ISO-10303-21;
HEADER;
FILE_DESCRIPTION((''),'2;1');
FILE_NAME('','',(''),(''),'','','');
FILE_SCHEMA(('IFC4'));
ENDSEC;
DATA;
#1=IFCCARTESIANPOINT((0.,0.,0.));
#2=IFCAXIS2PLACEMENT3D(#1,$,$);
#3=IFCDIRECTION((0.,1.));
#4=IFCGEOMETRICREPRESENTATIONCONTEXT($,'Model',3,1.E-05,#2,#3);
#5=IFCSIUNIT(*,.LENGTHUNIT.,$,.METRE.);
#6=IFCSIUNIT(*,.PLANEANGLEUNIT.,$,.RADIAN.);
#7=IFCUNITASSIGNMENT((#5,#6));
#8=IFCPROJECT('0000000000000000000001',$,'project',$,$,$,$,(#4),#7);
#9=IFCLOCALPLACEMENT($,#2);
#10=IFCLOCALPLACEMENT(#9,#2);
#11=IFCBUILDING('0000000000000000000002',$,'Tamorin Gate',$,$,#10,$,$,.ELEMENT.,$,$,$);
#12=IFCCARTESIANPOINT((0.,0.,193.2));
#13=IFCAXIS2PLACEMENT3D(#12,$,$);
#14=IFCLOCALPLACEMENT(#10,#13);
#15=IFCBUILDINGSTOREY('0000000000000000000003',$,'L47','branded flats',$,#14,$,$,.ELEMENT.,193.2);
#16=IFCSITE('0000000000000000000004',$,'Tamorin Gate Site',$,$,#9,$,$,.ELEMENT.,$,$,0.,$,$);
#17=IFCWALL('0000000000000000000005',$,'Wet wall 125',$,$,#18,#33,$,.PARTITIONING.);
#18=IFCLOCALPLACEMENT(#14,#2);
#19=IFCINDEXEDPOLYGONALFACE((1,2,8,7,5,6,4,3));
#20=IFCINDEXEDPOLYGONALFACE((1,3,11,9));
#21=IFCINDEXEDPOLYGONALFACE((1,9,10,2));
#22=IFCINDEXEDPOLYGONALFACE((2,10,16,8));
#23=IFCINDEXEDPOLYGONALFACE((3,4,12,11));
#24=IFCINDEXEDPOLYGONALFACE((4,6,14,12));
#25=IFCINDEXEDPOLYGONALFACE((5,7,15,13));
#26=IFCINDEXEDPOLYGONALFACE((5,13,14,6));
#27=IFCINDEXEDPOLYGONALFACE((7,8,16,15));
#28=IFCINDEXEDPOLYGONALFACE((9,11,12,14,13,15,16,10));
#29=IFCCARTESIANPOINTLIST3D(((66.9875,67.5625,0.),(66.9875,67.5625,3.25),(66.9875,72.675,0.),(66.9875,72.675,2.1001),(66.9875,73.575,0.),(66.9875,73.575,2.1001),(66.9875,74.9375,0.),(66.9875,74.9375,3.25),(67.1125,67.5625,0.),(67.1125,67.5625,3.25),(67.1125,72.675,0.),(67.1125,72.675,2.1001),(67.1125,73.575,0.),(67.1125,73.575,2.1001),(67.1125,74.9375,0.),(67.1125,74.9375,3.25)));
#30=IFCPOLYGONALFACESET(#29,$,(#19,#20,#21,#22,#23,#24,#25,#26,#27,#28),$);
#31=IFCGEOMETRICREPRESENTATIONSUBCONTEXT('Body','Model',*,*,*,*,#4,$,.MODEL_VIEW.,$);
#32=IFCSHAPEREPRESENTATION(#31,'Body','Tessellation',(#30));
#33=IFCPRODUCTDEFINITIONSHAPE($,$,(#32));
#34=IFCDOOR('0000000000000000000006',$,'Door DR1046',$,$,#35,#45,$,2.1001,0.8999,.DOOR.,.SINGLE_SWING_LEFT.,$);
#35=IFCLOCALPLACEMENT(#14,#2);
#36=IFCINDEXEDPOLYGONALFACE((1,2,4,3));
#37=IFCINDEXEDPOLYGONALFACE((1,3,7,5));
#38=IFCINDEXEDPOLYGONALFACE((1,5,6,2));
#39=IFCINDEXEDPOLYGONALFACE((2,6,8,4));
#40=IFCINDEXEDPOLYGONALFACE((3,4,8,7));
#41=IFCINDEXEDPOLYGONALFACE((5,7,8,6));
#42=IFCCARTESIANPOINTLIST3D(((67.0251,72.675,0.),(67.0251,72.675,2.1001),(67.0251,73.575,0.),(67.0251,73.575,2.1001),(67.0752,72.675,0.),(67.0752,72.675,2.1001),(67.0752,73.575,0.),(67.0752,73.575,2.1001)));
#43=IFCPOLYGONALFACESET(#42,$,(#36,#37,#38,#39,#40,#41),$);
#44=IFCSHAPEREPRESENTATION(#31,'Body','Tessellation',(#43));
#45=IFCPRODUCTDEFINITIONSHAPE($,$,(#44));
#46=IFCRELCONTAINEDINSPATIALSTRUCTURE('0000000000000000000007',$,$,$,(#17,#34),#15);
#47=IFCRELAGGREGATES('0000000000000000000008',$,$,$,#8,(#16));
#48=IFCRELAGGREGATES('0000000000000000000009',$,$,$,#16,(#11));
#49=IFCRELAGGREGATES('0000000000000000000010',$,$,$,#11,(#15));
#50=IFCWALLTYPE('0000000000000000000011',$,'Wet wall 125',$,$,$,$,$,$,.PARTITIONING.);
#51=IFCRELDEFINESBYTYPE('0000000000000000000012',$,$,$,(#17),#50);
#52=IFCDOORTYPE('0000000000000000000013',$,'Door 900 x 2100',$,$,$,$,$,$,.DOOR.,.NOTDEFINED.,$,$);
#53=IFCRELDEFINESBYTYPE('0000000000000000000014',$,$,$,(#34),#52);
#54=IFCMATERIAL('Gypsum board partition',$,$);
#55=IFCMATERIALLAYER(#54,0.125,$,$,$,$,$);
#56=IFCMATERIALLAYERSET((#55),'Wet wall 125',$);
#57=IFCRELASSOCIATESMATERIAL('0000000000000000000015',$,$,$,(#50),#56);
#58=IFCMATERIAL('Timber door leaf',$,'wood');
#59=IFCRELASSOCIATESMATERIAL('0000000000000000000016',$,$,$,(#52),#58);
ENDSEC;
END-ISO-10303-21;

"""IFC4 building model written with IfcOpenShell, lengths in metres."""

from ifc_helpers import new_model, si_unit, direction, frame, frame_2d, origin, place, context, subcontext, project, spatial, rectangle, extrude, material, layer, layer_set, type_object, element, fill, save


model = new_model("IFC4")

# Units and contexts
model_context = context("Model", 3, precision=1e-05, world=origin(), true_north=direction((0.0, 1.0)))
body_context = subcontext(model_context, "Body", "Model", "MODEL_VIEW")
ifc_project = project(units=[si_unit("LENGTHUNIT", "METRE"), si_unit("PLANEANGLEUNIT", "RADIAN")], contexts=[model_context])

# Site, building, storey
site_placement = place(None, origin())
site = spatial("IfcSite", under=ifc_project, at=site_placement, Name="Tamorin Gate Site", CompositionType="ELEMENT", RefElevation=0.0)
building_placement = place(site_placement, origin())
building = spatial("IfcBuilding", under=site, at=building_placement, Name="Tamorin Gate", CompositionType="ELEMENT")
storey_placement = place(building_placement, frame((0.0, 0.0, 193.2)))
storey = spatial("IfcBuildingStorey", under=building, at=storey_placement, Name="L47", Description="branded flats", CompositionType="ELEMENT", Elevation=193.2)

# Shared definitions
ifc_material_1 = material(Name="Gypsum board partition")
ifc_layer_1 = layer(ifc_material_1, 0.125)
ifc_layer_set_1 = layer_set([ifc_layer_1], Name="Wet wall 125")
wall_type_1 = type_object("IfcWallType", Name="Wet wall 125", PredefinedType="PARTITIONING", material=ifc_layer_set_1)

# Shared definitions
ifc_material_2 = material(Name="Timber door leaf", Category="wood")
door_type = type_object("IfcDoorType", Name="Door 900 x 2100", OperationType="NOTDEFINED", PredefinedType="DOOR", material=ifc_material_2)

# Wall, opening, door
wall_1_placement = place(storey_placement, frame((67.05, 67.5625, 0.0), z_axis=(0.0, 0.0, 1.0), x_axis=(0.0, 1.0, 0.0)))
wall_1 = element("IfcWall", 1, at=wall_1_placement, inside=storey, type_object=wall_type_1, Name="Wet wall 125", PredefinedType="PARTITIONING", context=body_context, shape_type="SweptSolid", body=[
    extrude(rectangle(XDim=7.375, YDim=0.125, at=frame_2d((3.6875, 0.0))), origin(), (0.0, 0.0, 1.0), 3.25),
])
opening_1_placement = place(wall_1_placement, frame((5.1125, 0.0, 0.0)))
opening_1 = element("IfcOpeningElement", 2, at=opening_1_placement, cuts=wall_1, PredefinedType="OPENING", context=body_context, shape_type="SweptSolid", body=[
    extrude(rectangle(XDim=0.8999, YDim=2.1001, at=frame_2d((0.45, 1.05))), frame((0.0, 0.0725, 0.0), z_axis=(0.0, -1.0, 0.0), x_axis=(1.0, 0.0, 0.0)), (0.0, 0.0, 1.0), 0.145),
])
door_1_placement = place(opening_1_placement, origin())
door_1 = element("IfcDoor", 3, at=door_1_placement, inside=storey, type_object=door_type, Name="Door DR1046", OperationType="SINGLE_SWING_LEFT", OverallHeight=2.1001, OverallWidth=0.8999, PredefinedType="DOOR", context=body_context, shape_type="SweptSolid", body=[
    extrude(rectangle(XDim=0.8999, YDim=2.1001, at=frame_2d((0.45, 1.05))), frame((0.0, 0.0249, 0.0), z_axis=(0.0, -1.0, 0.0), x_axis=(1.0, 0.0, 0.0)), (0.0, 0.0, 1.0), 0.05),
])
fill(opening_1, door_1)

save(model, "model.ifc")
